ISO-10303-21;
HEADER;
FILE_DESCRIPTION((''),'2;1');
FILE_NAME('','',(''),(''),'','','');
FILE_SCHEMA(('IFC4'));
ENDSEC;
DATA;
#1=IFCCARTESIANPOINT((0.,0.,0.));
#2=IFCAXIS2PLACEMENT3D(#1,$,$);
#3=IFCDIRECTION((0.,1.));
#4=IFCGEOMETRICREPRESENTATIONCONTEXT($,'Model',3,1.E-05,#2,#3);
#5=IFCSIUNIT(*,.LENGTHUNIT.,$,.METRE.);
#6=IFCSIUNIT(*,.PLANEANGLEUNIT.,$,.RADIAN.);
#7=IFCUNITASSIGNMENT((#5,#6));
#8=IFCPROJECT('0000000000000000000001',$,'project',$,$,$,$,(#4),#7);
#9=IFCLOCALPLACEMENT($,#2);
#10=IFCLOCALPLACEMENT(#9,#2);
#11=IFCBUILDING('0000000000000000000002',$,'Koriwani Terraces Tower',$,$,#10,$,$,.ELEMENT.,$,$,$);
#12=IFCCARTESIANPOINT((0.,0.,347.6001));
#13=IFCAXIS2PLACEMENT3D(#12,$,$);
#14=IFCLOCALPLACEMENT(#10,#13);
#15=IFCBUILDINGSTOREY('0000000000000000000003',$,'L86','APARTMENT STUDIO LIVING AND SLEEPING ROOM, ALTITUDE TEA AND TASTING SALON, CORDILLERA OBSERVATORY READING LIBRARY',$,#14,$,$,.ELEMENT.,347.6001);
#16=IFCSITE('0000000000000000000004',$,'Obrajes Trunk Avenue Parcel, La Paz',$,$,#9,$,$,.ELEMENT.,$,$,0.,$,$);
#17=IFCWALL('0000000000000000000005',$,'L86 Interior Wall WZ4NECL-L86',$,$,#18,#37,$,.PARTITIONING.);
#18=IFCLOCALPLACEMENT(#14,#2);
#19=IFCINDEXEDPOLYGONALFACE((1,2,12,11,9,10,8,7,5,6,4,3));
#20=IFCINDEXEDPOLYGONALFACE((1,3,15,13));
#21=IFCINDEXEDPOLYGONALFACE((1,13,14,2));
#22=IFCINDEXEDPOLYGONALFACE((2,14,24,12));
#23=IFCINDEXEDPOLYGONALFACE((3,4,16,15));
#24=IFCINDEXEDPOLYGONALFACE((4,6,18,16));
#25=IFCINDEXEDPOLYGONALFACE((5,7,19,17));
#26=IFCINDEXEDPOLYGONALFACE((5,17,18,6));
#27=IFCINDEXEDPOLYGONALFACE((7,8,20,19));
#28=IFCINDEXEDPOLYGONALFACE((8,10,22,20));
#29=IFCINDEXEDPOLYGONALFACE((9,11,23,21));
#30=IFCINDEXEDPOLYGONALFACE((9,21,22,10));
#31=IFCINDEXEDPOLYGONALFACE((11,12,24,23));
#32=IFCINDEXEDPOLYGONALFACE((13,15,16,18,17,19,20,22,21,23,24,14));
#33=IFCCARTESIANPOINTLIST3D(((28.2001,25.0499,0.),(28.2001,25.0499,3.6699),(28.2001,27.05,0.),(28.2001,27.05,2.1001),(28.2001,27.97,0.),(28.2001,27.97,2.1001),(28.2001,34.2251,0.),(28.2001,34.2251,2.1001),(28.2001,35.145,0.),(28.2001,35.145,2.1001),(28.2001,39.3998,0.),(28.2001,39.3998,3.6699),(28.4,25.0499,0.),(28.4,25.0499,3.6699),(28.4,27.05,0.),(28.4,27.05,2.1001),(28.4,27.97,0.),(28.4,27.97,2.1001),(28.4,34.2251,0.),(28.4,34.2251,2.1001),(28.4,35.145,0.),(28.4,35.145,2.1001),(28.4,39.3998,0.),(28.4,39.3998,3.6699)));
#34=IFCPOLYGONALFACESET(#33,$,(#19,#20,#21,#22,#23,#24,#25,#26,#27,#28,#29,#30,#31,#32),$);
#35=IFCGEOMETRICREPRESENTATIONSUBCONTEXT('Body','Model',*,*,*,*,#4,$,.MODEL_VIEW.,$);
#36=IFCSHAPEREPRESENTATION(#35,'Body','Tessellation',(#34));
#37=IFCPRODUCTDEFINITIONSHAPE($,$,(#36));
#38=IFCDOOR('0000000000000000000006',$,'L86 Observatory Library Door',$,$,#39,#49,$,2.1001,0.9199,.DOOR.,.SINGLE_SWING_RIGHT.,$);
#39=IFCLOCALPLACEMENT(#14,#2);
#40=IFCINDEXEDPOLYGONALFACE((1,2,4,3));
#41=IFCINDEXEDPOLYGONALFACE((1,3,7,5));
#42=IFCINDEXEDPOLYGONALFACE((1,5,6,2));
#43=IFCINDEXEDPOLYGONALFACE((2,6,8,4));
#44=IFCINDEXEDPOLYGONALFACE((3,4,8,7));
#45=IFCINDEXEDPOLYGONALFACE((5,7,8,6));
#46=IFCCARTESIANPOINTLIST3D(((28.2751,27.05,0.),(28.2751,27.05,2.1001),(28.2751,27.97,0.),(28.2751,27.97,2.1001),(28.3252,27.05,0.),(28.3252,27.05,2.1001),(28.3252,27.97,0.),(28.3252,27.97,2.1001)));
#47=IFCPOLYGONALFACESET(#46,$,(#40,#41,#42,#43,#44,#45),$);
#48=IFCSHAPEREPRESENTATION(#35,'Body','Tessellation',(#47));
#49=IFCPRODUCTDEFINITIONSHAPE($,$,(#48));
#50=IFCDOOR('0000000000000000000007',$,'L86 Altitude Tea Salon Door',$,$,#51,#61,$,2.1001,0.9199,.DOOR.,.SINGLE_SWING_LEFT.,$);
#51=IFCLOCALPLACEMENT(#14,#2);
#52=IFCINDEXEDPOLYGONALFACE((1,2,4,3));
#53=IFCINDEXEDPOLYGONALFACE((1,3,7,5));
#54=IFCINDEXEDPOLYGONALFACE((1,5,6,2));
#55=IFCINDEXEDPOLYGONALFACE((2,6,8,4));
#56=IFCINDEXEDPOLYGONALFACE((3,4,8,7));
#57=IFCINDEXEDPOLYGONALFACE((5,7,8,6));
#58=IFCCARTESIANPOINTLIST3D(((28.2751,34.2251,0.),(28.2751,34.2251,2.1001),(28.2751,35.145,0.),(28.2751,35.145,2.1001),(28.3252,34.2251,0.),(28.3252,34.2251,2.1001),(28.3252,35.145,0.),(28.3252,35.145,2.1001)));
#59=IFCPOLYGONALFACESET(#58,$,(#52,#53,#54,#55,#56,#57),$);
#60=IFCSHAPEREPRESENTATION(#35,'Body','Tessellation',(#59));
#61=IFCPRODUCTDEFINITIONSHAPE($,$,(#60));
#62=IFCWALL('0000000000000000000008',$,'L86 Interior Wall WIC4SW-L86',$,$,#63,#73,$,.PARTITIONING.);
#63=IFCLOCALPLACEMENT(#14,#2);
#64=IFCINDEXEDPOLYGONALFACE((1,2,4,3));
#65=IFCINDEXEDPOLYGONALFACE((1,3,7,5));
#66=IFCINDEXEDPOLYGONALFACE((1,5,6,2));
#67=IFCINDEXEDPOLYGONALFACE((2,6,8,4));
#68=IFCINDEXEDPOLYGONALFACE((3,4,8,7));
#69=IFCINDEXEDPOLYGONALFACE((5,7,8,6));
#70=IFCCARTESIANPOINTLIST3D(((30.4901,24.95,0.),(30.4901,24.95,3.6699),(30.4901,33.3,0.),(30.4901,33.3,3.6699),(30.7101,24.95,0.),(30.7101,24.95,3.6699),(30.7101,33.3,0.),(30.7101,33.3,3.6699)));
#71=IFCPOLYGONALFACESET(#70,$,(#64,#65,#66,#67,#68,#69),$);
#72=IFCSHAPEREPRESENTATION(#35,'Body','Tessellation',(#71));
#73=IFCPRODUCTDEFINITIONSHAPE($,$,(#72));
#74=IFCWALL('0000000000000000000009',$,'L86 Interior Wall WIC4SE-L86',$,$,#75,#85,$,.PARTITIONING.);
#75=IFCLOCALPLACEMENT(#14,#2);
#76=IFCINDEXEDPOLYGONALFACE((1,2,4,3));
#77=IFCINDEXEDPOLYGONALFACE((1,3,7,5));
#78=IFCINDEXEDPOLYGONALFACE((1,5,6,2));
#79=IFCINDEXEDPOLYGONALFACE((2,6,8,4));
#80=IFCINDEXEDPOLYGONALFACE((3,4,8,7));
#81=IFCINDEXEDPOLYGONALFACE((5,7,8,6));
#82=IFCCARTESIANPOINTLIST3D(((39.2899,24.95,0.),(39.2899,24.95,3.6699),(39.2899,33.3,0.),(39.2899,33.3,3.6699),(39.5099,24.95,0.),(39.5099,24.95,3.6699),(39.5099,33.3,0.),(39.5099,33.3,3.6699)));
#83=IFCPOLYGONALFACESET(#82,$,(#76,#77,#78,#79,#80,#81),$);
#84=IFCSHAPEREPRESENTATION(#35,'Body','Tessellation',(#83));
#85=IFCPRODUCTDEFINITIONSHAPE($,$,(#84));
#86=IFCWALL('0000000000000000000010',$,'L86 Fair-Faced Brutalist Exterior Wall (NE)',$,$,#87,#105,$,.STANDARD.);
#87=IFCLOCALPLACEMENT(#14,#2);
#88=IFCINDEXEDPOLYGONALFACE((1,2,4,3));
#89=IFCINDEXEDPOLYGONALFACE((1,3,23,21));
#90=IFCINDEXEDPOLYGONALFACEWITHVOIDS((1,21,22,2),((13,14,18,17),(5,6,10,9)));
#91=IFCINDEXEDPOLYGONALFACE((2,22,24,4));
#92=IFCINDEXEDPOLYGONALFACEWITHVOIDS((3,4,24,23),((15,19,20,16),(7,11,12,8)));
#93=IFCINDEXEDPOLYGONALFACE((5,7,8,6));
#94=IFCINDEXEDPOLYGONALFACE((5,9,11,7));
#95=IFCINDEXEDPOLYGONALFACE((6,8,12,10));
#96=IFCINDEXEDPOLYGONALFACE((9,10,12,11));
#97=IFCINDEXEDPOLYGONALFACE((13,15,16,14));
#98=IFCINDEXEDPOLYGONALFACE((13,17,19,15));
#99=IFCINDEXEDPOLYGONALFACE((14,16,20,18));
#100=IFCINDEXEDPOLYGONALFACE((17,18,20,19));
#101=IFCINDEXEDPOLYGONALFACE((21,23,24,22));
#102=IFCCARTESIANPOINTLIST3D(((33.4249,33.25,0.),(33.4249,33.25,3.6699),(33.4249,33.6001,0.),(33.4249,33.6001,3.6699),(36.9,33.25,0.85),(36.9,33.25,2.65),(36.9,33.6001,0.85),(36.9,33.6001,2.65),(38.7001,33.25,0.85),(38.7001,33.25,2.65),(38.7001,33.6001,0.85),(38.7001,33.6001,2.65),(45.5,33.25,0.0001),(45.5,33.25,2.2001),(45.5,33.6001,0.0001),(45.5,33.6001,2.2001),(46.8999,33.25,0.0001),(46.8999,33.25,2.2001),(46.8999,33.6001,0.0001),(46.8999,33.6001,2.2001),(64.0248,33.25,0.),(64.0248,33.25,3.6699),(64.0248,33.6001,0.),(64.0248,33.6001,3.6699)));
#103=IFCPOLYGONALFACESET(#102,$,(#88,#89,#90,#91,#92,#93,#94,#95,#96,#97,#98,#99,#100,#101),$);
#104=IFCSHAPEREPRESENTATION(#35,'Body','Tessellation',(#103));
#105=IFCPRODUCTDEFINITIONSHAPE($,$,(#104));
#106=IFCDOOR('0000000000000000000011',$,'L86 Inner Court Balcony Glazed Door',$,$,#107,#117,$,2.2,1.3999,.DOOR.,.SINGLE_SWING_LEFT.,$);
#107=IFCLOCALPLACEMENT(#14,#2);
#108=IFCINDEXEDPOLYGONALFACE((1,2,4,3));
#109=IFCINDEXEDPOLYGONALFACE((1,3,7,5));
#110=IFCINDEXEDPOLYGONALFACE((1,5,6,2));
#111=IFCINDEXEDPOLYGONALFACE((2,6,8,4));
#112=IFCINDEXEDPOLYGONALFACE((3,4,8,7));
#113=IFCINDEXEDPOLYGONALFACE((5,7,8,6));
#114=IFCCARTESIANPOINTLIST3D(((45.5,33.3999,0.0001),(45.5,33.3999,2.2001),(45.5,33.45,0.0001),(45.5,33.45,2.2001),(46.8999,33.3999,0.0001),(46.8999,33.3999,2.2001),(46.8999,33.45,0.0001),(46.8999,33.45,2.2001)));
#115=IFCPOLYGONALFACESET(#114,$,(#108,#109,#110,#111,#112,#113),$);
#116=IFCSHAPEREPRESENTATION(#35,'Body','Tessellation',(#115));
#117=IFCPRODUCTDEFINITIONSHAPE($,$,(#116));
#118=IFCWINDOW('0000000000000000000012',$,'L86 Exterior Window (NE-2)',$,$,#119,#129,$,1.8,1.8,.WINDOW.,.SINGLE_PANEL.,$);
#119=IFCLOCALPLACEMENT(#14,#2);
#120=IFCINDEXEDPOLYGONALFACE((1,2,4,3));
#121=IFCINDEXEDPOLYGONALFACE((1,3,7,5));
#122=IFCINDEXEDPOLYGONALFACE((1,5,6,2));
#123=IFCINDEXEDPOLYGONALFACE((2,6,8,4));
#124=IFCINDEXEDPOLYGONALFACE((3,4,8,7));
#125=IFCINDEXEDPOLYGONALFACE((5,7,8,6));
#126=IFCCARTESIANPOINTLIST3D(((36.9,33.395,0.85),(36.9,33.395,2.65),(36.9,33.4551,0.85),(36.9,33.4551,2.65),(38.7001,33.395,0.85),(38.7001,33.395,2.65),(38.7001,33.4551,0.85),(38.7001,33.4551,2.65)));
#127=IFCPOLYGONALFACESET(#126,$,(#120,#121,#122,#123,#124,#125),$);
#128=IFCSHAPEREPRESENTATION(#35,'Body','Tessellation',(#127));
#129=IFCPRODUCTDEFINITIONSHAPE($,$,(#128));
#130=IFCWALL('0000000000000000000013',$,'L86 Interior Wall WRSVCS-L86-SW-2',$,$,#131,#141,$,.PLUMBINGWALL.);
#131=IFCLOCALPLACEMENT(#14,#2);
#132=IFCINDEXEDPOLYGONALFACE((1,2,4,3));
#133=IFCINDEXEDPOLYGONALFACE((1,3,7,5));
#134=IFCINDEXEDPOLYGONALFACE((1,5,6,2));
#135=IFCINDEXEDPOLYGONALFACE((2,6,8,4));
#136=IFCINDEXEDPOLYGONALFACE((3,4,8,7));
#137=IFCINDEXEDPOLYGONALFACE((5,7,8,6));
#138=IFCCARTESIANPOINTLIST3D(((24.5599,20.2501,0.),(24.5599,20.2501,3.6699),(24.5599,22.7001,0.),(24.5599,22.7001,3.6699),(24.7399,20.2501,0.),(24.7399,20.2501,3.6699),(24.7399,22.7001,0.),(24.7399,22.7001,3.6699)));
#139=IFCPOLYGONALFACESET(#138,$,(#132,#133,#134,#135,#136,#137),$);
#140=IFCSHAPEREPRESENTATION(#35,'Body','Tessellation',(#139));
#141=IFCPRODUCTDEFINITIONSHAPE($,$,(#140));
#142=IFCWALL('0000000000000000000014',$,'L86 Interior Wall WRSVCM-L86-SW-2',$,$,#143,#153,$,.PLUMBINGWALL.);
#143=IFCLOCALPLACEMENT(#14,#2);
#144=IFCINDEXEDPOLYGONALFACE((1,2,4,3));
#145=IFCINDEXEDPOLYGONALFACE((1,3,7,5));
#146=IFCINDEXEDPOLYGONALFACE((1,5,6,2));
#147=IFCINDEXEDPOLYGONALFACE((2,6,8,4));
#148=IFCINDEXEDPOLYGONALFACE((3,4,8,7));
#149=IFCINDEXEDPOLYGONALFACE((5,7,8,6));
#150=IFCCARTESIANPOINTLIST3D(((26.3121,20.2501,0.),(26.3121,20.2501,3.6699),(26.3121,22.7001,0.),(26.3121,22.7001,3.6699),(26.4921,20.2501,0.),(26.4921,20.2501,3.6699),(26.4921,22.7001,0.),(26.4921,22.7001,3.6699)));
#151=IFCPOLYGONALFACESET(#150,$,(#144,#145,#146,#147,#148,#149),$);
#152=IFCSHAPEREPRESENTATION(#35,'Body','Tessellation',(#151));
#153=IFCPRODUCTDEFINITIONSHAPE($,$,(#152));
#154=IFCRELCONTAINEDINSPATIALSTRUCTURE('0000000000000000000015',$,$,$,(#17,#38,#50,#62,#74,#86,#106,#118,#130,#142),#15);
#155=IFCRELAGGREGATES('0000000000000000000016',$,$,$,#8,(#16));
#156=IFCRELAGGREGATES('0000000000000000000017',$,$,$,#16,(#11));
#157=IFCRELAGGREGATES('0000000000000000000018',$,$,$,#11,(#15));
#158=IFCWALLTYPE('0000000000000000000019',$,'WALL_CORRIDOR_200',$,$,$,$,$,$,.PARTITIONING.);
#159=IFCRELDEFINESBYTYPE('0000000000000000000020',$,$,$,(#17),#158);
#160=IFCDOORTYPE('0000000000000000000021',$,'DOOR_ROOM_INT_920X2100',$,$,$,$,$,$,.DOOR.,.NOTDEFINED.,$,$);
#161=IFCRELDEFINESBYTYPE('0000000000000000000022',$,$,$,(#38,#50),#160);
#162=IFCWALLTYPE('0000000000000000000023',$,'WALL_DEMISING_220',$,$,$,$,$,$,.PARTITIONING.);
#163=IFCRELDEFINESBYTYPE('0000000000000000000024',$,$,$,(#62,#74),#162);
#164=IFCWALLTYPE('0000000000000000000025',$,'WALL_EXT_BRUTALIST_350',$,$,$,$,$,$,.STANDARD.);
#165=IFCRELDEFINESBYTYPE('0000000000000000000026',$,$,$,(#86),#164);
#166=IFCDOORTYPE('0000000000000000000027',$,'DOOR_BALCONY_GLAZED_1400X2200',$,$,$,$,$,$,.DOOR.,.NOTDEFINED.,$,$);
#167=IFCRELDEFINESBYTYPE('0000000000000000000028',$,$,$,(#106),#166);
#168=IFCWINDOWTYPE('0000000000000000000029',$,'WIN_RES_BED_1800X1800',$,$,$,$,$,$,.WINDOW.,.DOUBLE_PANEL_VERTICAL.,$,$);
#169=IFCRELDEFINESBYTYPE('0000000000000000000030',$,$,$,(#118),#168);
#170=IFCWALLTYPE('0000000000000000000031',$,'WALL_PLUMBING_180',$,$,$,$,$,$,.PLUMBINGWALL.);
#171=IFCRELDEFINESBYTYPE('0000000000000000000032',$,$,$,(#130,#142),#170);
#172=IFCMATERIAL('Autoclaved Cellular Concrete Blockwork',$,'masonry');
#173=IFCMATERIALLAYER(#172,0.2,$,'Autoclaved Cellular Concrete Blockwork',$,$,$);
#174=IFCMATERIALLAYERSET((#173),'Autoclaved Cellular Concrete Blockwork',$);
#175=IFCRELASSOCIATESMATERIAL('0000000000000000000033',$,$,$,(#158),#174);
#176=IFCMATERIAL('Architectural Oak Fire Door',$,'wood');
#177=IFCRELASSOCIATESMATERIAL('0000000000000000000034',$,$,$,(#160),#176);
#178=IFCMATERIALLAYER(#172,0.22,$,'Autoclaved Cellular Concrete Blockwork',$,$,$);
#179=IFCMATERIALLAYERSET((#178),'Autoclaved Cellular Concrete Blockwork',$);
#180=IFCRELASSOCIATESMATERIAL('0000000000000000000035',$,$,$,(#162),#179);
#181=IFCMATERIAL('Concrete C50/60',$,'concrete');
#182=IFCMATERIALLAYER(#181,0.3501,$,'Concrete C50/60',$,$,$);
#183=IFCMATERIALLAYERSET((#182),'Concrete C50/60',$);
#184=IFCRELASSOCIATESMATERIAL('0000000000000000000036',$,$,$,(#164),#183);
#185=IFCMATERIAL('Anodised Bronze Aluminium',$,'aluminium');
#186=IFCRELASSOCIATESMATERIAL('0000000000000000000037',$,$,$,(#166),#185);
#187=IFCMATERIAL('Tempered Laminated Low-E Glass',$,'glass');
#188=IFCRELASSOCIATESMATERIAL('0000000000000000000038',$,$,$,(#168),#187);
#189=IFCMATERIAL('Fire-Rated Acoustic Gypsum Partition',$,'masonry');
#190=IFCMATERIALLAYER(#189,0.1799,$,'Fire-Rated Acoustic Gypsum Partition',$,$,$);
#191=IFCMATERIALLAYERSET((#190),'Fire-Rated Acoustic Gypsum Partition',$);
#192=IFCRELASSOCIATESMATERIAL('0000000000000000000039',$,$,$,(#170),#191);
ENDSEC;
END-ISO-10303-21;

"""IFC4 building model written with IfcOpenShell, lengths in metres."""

from ifc_helpers import new_model, si_unit, direction, frame, frame_2d, origin, place, context, subcontext, project, spatial, rectangle, extrude, material, layer, layer_set, type_object, element, fill, save


model = new_model("IFC4")

# Units and contexts
model_context = context("Model", 3, precision=1e-05, world=origin(), true_north=direction((0.0, 1.0)))
body_context = subcontext(model_context, "Body", "Model", "MODEL_VIEW")
ifc_project = project(units=[si_unit("LENGTHUNIT", "METRE"), si_unit("PLANEANGLEUNIT", "RADIAN")], contexts=[model_context])

# Site, building, storey
site_placement = place(None, origin())
site = spatial("IfcSite", under=ifc_project, at=site_placement, Name="Obrajes Trunk Avenue Parcel, La Paz", CompositionType="ELEMENT", RefElevation=0.0)
building_placement = place(site_placement, origin())
building = spatial("IfcBuilding", under=site, at=building_placement, Name="Koriwani Terraces Tower", CompositionType="ELEMENT")
storey_placement = place(building_placement, frame((0.0, 0.0, 347.6001)))
storey = spatial("IfcBuildingStorey", under=building, at=storey_placement, Name="L86", Description="APARTMENT STUDIO LIVING AND SLEEPING ROOM, ALTITUDE TEA AND TASTING SALON, CORDILLERA OBSERVATORY READING LIBRARY", CompositionType="ELEMENT", Elevation=347.6001)

# Shared definitions
ifc_material_1 = material(Name="Concrete C50/60", Category="concrete")

# Shared definitions
ifc_material_2 = material(Name="Autoclaved Cellular Concrete Blockwork", Category="masonry")
ifc_layer_1 = layer(ifc_material_2, 0.2, Name="Autoclaved Cellular Concrete Blockwork")
ifc_layer_set_1 = layer_set([ifc_layer_1], Name="Autoclaved Cellular Concrete Blockwork")
wall_type_1 = type_object("IfcWallType", Name="WALL_CORRIDOR_200", PredefinedType="PARTITIONING", material=ifc_layer_set_1)
ifc_material_3 = material(Name="Architectural Oak Fire Door", Category="wood")
door_type_1 = type_object("IfcDoorType", Name="DOOR_ROOM_INT_920X2100", OperationType="NOTDEFINED", PredefinedType="DOOR", material=ifc_material_3)

# Wall, openings, doors
wall_1_placement = place(storey_placement, frame((28.3, 25.05, 0.0), z_axis=(0.0, 0.0, 1.0), x_axis=(0.0, 1.0, 0.0)))
wall_1 = element("IfcWall", 1, at=wall_1_placement, inside=storey, type_object=wall_type_1, Name="L86 Interior Wall WZ4NECL-L86", PredefinedType="PARTITIONING", context=body_context, shape_type="SweptSolid", body=[
    extrude(rectangle(XDim=14.3499, YDim=0.2, at=frame_2d((7.1748, 0.0))), origin(), (0.0, 0.0, 1.0), 3.6699),
])
opening_1_placement = place(wall_1_placement, frame((2.0, 0.0, 0.0)))
opening_1 = element("IfcOpeningElement", 2, at=opening_1_placement, cuts=wall_1, PredefinedType="OPENING", context=body_context, shape_type="SweptSolid", body=[
    extrude(rectangle(XDim=0.9199, YDim=2.1001, at=frame_2d((0.46, 1.05))), frame((0.0, 0.1099, 0.0), z_axis=(0.0, -1.0, 0.0), x_axis=(1.0, 0.0, 0.0)), (0.0, 0.0, 1.0), 0.22),
])
opening_2_placement = place(wall_1_placement, frame((9.175, 0.0, 0.0)))
opening_2 = element("IfcOpeningElement", 3, at=opening_2_placement, cuts=wall_1, PredefinedType="OPENING", context=body_context, shape_type="SweptSolid", body=[
    extrude(rectangle(XDim=0.9199, YDim=2.1001, at=frame_2d((0.46, 1.05))), frame((0.0, 0.1099, 0.0), z_axis=(0.0, -1.0, 0.0), x_axis=(1.0, 0.0, 0.0)), (0.0, 0.0, 1.0), 0.22),
])
door_1_placement = place(opening_1_placement, origin())
door_1 = element("IfcDoor", 4, at=door_1_placement, inside=storey, type_object=door_type_1, Name="L86 Observatory Library Door", OperationType="SINGLE_SWING_RIGHT", OverallHeight=2.1001, OverallWidth=0.9199, PredefinedType="DOOR", context=body_context, shape_type="SweptSolid", body=[
    extrude(rectangle(XDim=0.9199, YDim=2.1001, at=frame_2d((0.46, 1.05))), frame((0.0, 0.0249, 0.0), z_axis=(0.0, -1.0, 0.0), x_axis=(1.0, 0.0, 0.0)), (0.0, 0.0, 1.0), 0.05),
])
fill(opening_1, door_1)
door_2_placement = place(opening_2_placement, origin())
door_2 = element("IfcDoor", 5, at=door_2_placement, inside=storey, type_object=door_type_1, Name="L86 Altitude Tea Salon Door", OperationType="SINGLE_SWING_LEFT", OverallHeight=2.1001, OverallWidth=0.9199, PredefinedType="DOOR", context=body_context, shape_type="SweptSolid", body=[
    extrude(rectangle(XDim=0.9199, YDim=2.1001, at=frame_2d((0.46, 1.05))), frame((0.0, 0.0249, 0.0), z_axis=(0.0, -1.0, 0.0), x_axis=(1.0, 0.0, 0.0)), (0.0, 0.0, 1.0), 0.05),
])
fill(opening_2, door_2)

# Walls
ifc_layer_2 = layer(ifc_material_2, 0.22, Name="Autoclaved Cellular Concrete Blockwork")
ifc_layer_set_2 = layer_set([ifc_layer_2], Name="Autoclaved Cellular Concrete Blockwork")
wall_type_2 = type_object("IfcWallType", Name="WALL_DEMISING_220", PredefinedType="PARTITIONING", material=ifc_layer_set_2)
for number, where, z_axis, x_axis, name in (
    (6, (30.6001, 24.95, 0.0), (0.0, 0.0, 1.0), (0.0, 1.0, 0.0), "L86 Interior Wall WIC4SW-L86"),
    (7, (39.3999, 24.95, 0.0), (0.0, 0.0, 1.0), (0.0, 1.0, 0.0), "L86 Interior Wall WIC4SE-L86"),
):
    element("IfcWall", number, at=place(storey_placement, frame(where, z_axis=z_axis, x_axis=x_axis)), inside=storey, type_object=wall_type_2, Name=name, PredefinedType="PARTITIONING", context=body_context, shape_type="SweptSolid", body=[
        extrude(rectangle(XDim=8.3501, YDim=0.22, at=frame_2d((4.175, 0.0))), origin(), (0.0, 0.0, 1.0), 3.6699),
    ])

# Wall, openings, door, window
ifc_layer_3 = layer(ifc_material_1, 0.3501, Name="Concrete C50/60")
ifc_layer_set_3 = layer_set([ifc_layer_3], Name="Concrete C50/60")
wall_type_3 = type_object("IfcWallType", Name="WALL_EXT_BRUTALIST_350", PredefinedType="STANDARD", material=ifc_layer_set_3)
wall_2_placement = place(storey_placement, frame((33.425, 33.425, 0.0), z_axis=(0.0, 0.0, 1.0), x_axis=(1.0, 0.0, 0.0)))
wall_2 = element("IfcWall", 8, at=wall_2_placement, inside=storey, type_object=wall_type_3, Name="L86 Fair-Faced Brutalist Exterior Wall (NE)", PredefinedType="STANDARD", context=body_context, shape_type="SweptSolid", body=[
    extrude(rectangle(XDim=30.5999, YDim=0.3501, at=frame_2d((15.2998, 0.0))), origin(), (0.0, 0.0, 1.0), 3.6699),
])
opening_3_placement = place(wall_2_placement, frame((12.075, 0.0, 0.0)))
opening_3 = element("IfcOpeningElement", 9, at=opening_3_placement, cuts=wall_2, PredefinedType="OPENING", context=body_context, shape_type="SweptSolid", body=[
    extrude(rectangle(XDim=1.3999, YDim=2.2, at=frame_2d((0.7, 1.1001))), frame((0.0, 0.1851, 0.0), z_axis=(0.0, -1.0, 0.0), x_axis=(1.0, 0.0, 0.0)), (0.0, 0.0, 1.0), 0.3701),
])
opening_4_placement = place(wall_2_placement, frame((3.4751, 0.0, 0.8501)))
opening_4 = element("IfcOpeningElement", 10, at=opening_4_placement, cuts=wall_2, PredefinedType="OPENING", context=body_context, shape_type="SweptSolid", body=[
    extrude(rectangle(XDim=1.8, YDim=1.8, at=frame_2d((0.8999, 0.8999))), frame((0.0, 0.1851, 0.0), z_axis=(0.0, -1.0, 0.0), x_axis=(1.0, 0.0, 0.0)), (0.0, 0.0, 1.0), 0.3701),
])
ifc_material_4 = material(Name="Anodised Bronze Aluminium", Category="aluminium")
door_type_2 = type_object("IfcDoorType", Name="DOOR_BALCONY_GLAZED_1400X2200", OperationType="NOTDEFINED", PredefinedType="DOOR", material=ifc_material_4)
door_3_placement = place(opening_3_placement, origin())
door_3 = element("IfcDoor", 11, at=door_3_placement, inside=storey, type_object=door_type_2, Name="L86 Inner Court Balcony Glazed Door", OperationType="SINGLE_SWING_LEFT", OverallHeight=2.2, OverallWidth=1.3999, PredefinedType="DOOR", context=body_context, shape_type="SweptSolid", body=[
    extrude(rectangle(XDim=1.3999, YDim=2.2, at=frame_2d((0.7, 1.1001))), frame((0.0, 0.0249, 0.0), z_axis=(0.0, -1.0, 0.0), x_axis=(1.0, 0.0, 0.0)), (0.0, 0.0, 1.0), 0.05),
])
fill(opening_3, door_3)
ifc_material_5 = material(Name="Tempered Laminated Low-E Glass", Category="glass")
window_type = type_object("IfcWindowType", Name="WIN_RES_BED_1800X1800", PartitioningType="DOUBLE_PANEL_VERTICAL", PredefinedType="WINDOW", material=ifc_material_5)
window_placement = place(opening_4_placement, origin())
window = element("IfcWindow", 12, at=window_placement, inside=storey, type_object=window_type, Name="L86 Exterior Window (NE-2)", OverallHeight=1.8, OverallWidth=1.8, PartitioningType="SINGLE_PANEL", PredefinedType="WINDOW", context=body_context, shape_type="SweptSolid", body=[
    extrude(rectangle(XDim=1.8, YDim=1.8, at=frame_2d((0.8999, 0.8999))), frame((0.0, 0.03, 0.0), z_axis=(0.0, -1.0, 0.0), x_axis=(1.0, 0.0, 0.0)), (0.0, 0.0, 1.0), 0.0601),
])
fill(opening_4, window)

# Walls
ifc_material_6 = material(Name="Fire-Rated Acoustic Gypsum Partition", Category="masonry")
ifc_layer_4 = layer(ifc_material_6, 0.1799, Name="Fire-Rated Acoustic Gypsum Partition")
ifc_layer_set_4 = layer_set([ifc_layer_4], Name="Fire-Rated Acoustic Gypsum Partition")
wall_type_4 = type_object("IfcWallType", Name="WALL_PLUMBING_180", PredefinedType="PLUMBINGWALL", material=ifc_layer_set_4)
for number, where, z_axis, x_axis, name in (
    (13, (24.6499, 20.25, 0.0), (0.0, 0.0, 1.0), (0.0, 1.0, 0.0), "L86 Interior Wall WRSVCS-L86-SW-2"),
    (14, (26.4021, 20.25, 0.0), (0.0, 0.0, 1.0), (0.0, 1.0, 0.0), "L86 Interior Wall WRSVCM-L86-SW-2"),
):
    element("IfcWall", number, at=place(storey_placement, frame(where, z_axis=z_axis, x_axis=x_axis)), inside=storey, type_object=wall_type_4, Name=name, PredefinedType="PLUMBINGWALL", context=body_context, shape_type="SweptSolid", body=[
        extrude(rectangle(XDim=2.45, YDim=0.1799, at=frame_2d((1.2251, 0.0))), origin(), (0.0, 0.0, 1.0), 3.6699),
    ])

save(model, "model.ifc")
